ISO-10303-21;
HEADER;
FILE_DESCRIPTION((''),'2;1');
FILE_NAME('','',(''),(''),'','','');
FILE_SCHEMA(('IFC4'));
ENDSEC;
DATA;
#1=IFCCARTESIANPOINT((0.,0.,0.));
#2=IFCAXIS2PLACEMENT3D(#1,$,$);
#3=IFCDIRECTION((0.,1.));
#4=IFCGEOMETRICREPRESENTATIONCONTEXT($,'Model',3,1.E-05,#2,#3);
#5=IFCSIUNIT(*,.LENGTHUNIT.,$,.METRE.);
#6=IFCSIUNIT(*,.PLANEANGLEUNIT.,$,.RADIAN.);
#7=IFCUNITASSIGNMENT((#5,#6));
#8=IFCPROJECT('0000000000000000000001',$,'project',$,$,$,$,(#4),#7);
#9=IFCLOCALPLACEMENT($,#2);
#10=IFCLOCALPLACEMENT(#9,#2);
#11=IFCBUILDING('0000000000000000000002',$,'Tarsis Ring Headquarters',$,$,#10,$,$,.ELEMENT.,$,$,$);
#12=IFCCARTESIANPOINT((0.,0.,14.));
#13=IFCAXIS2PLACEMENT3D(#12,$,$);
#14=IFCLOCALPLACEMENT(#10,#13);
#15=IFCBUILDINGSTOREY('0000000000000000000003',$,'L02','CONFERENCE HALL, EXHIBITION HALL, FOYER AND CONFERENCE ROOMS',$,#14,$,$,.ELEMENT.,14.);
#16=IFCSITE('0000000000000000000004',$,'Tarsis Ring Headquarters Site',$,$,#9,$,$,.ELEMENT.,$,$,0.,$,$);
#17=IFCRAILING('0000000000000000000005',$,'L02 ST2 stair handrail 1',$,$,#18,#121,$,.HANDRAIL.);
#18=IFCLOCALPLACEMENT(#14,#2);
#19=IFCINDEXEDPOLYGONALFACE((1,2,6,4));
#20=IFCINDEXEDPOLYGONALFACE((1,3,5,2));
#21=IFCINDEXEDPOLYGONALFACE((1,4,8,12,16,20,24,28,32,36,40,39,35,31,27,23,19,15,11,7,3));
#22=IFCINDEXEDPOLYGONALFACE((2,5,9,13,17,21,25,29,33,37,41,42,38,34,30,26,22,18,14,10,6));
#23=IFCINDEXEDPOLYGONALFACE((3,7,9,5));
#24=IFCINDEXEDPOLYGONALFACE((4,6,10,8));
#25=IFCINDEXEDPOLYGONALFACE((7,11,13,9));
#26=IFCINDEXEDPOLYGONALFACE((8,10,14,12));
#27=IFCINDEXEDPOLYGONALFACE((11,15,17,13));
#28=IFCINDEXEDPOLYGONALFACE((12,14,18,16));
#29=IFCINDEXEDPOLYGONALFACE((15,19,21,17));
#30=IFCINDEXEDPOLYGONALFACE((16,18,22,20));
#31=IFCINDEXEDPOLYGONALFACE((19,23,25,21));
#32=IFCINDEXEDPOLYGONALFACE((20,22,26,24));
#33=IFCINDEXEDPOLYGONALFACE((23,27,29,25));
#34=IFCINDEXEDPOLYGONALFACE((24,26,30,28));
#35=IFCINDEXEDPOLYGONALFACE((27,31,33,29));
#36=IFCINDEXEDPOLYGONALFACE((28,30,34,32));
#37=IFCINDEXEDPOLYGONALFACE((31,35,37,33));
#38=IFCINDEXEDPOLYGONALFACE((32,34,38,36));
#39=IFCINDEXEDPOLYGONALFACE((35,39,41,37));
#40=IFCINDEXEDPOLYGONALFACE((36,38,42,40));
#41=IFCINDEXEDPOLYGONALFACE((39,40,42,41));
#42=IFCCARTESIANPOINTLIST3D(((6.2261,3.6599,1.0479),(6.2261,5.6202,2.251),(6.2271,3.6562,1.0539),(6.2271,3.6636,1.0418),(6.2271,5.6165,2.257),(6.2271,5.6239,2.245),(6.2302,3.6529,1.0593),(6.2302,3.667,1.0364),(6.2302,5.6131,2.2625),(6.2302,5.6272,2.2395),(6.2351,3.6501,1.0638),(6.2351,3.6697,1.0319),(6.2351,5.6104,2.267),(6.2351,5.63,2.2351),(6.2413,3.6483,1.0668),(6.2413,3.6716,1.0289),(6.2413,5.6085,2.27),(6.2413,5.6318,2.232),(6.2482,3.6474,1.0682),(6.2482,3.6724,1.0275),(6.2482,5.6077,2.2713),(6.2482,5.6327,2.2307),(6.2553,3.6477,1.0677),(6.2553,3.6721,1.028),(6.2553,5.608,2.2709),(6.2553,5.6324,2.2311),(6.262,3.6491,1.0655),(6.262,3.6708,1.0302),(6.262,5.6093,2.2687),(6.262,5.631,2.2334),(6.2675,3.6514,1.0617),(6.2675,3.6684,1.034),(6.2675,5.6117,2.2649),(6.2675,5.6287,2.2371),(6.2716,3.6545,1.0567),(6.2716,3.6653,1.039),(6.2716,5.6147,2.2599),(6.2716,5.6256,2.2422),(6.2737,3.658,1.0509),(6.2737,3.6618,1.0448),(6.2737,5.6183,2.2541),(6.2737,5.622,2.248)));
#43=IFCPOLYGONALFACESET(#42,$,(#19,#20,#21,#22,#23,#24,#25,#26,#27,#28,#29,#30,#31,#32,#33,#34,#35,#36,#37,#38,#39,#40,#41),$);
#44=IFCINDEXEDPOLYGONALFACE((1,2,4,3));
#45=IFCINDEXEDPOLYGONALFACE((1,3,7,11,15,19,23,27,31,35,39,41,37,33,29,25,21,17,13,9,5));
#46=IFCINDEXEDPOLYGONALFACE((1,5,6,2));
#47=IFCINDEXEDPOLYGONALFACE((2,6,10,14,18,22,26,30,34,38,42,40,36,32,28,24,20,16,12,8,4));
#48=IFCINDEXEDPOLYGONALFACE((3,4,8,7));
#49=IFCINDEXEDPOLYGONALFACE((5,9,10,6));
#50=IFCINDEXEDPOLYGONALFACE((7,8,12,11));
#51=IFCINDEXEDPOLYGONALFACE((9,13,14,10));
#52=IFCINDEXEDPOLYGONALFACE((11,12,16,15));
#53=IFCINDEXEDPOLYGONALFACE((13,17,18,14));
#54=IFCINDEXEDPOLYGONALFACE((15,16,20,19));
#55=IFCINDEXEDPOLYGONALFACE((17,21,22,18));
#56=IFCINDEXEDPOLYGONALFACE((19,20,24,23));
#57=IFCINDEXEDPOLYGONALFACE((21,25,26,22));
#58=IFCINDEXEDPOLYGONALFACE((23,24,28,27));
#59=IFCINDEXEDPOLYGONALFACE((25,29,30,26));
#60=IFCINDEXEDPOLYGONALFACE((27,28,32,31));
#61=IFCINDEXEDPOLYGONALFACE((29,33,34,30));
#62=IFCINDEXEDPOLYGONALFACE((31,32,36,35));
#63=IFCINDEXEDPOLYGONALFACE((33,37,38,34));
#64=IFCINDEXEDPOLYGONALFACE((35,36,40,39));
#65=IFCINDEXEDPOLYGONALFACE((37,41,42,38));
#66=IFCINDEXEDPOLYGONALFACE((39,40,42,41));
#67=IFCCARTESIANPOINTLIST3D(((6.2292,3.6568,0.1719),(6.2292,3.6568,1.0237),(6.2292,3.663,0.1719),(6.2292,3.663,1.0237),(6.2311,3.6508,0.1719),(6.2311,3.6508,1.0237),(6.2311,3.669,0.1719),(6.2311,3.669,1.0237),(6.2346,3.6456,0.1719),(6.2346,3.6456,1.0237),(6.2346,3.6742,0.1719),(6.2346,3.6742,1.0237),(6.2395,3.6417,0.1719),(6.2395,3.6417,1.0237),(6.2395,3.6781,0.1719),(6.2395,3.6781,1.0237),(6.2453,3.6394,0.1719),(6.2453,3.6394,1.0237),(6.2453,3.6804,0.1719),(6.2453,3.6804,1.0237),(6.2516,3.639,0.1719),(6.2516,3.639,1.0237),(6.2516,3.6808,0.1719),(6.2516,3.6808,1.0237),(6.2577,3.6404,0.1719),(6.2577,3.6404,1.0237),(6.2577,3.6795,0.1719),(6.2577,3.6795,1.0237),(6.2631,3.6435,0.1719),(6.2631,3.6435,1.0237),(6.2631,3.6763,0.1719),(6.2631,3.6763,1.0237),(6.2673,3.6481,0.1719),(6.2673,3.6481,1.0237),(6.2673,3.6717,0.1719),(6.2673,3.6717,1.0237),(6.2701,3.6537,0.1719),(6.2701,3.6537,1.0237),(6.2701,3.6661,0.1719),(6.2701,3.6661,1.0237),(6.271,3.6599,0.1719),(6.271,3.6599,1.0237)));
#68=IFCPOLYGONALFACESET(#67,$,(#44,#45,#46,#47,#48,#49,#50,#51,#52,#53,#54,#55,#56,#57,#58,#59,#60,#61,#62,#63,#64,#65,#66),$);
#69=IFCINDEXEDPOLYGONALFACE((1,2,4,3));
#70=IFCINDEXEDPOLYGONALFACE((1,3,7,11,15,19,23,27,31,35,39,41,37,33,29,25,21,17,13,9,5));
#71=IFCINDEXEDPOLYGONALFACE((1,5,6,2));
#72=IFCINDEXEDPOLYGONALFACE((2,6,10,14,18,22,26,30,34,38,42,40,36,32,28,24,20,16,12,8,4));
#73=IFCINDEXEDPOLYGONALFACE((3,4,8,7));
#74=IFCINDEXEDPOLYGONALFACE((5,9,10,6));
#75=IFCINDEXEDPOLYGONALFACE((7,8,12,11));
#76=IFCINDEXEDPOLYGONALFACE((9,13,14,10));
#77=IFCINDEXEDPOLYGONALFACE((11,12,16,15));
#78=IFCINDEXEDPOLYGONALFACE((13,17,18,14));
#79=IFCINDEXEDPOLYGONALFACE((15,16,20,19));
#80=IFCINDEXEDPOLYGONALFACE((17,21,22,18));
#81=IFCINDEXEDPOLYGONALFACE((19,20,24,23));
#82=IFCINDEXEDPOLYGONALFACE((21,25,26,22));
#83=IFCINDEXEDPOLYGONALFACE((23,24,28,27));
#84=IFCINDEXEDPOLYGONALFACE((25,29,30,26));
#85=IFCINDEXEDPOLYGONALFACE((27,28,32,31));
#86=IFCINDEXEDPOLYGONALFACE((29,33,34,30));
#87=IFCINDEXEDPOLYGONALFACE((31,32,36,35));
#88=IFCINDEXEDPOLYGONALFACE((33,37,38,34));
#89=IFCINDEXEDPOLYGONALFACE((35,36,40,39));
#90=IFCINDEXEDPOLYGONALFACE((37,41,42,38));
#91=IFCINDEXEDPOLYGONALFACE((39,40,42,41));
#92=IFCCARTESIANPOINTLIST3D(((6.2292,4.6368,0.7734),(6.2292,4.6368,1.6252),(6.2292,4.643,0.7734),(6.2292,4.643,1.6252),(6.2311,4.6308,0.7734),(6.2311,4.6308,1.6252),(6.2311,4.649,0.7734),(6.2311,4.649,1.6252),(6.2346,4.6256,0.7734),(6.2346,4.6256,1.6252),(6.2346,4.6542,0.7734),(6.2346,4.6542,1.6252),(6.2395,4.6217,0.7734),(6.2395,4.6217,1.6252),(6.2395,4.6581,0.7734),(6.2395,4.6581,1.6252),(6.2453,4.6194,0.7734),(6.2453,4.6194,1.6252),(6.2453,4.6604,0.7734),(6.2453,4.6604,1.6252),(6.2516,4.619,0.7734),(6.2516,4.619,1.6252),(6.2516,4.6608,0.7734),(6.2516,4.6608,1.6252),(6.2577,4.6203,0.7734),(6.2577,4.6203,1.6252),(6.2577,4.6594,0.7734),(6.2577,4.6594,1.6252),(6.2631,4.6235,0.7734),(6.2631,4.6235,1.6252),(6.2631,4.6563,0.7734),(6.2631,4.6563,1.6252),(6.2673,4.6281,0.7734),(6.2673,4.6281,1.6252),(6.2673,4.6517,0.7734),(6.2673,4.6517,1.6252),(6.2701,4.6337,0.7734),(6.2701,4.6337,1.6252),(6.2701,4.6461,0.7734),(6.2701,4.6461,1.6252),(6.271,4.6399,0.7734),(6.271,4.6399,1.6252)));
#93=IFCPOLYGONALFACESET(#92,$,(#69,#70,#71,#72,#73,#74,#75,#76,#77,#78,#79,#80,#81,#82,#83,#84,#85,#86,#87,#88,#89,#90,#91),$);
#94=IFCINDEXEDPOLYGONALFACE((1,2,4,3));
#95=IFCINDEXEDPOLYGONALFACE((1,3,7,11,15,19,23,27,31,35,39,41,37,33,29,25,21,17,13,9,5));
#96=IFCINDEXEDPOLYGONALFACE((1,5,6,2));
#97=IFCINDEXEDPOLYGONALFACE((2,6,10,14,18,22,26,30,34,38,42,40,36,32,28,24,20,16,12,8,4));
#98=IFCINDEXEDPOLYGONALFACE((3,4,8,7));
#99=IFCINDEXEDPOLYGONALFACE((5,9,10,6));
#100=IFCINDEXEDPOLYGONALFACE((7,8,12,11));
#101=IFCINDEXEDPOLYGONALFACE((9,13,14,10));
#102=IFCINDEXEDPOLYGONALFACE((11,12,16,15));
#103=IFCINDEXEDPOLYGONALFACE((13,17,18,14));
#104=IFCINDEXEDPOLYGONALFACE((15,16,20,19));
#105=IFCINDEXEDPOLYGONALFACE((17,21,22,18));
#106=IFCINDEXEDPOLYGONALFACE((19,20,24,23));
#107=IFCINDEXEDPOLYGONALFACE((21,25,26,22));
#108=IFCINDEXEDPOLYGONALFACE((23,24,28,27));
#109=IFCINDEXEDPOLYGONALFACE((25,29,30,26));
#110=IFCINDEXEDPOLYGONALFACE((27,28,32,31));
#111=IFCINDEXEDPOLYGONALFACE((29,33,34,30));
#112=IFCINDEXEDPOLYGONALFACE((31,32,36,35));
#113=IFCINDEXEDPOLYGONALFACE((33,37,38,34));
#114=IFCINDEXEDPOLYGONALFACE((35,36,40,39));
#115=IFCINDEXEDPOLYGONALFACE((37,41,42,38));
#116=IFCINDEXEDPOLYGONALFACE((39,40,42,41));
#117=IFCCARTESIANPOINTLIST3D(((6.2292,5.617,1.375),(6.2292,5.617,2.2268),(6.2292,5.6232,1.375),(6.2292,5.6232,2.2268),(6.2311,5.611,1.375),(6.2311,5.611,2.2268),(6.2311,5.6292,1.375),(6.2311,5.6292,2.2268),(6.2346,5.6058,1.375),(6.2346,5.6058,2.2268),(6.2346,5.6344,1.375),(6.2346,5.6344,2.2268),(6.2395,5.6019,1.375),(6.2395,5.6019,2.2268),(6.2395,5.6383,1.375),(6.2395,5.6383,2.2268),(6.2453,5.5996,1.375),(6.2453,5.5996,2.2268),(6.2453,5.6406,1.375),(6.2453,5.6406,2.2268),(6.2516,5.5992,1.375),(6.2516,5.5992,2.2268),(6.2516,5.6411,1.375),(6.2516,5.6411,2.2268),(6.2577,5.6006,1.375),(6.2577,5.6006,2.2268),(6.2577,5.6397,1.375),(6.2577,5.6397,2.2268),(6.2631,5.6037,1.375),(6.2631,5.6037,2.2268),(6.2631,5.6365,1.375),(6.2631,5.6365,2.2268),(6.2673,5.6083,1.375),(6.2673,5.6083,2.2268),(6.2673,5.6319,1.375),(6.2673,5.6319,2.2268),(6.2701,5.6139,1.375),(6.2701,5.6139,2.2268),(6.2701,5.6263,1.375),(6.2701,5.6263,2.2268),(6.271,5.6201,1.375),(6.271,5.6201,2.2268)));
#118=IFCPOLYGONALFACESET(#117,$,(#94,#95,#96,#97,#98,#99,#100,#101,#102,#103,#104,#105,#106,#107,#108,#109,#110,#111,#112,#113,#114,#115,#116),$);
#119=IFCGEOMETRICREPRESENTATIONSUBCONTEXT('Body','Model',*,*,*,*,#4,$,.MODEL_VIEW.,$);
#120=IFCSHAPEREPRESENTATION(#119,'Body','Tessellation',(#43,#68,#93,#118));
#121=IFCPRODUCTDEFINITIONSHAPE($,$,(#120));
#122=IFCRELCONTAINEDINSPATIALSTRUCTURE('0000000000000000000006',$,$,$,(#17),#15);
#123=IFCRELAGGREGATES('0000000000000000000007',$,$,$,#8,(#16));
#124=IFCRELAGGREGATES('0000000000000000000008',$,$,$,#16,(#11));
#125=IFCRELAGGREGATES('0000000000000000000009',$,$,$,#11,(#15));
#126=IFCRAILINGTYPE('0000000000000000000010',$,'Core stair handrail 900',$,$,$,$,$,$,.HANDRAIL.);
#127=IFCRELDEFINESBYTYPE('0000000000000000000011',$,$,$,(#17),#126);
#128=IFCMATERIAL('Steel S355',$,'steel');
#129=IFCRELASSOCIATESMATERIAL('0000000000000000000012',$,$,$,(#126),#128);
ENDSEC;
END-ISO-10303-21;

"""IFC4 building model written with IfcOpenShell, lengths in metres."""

from ifc_helpers import new_model, si_unit, direction, frame, origin, origin_2d, place, context, subcontext, project, spatial, circle, extrude, material, type_object, element, save


model = new_model("IFC4")

# Units and contexts
model_context = context("Model", 3, precision=1e-05, world=origin(), true_north=direction((0.0, 1.0)))
body_context = subcontext(model_context, "Body", "Model", "MODEL_VIEW")
ifc_project = project(units=[si_unit("LENGTHUNIT", "METRE"), si_unit("PLANEANGLEUNIT", "RADIAN")], contexts=[model_context])

# Site, building, storey
site_placement = place(None, origin())
site = spatial("IfcSite", under=ifc_project, at=site_placement, Name="Tarsis Ring Headquarters Site", CompositionType="ELEMENT", RefElevation=0.0)
building_placement = place(site_placement, origin())
building = spatial("IfcBuilding", under=site, at=building_placement, Name="Tarsis Ring Headquarters", CompositionType="ELEMENT")
storey_placement = place(building_placement, frame((0.0, 0.0, 14.0)))
storey = spatial("IfcBuildingStorey", under=building, at=storey_placement, Name="L02", Description="CONFERENCE HALL, EXHIBITION HALL, FOYER AND CONFERENCE ROOMS", CompositionType="ELEMENT", Elevation=14.0)

# Railing
ifc_material_1 = material(Name="Steel S355", Category="steel")
railing_type_1 = type_object("IfcRailingType", Name="Core stair handrail 900", PredefinedType="HANDRAIL", material=ifc_material_1)
railing_1_placement = place(storey_placement, frame((6.25, 3.6599, 0.1719)))
element("IfcRailing", 1, at=railing_1_placement, inside=storey, type_object=railing_type_1, Name="L02 ST2 stair handrail 1", PredefinedType="HANDRAIL", context=body_context, shape_type="SweptSolid", body=[
    extrude(circle(Radius=0.0239, at=origin_2d()), frame((0.0, 0.0, 0.876), z_axis=(0.0, 0.85227, 0.523102), x_axis=(-1.0, 0.0, 0.0)), (0.0, 0.0, 1.0), 2.3),
    extrude(circle(Radius=0.021, at=origin_2d()), origin(), (0.0, 0.0, 1.0), 0.8518),
    extrude(circle(Radius=0.021, at=origin_2d()), frame((0.0, 0.98, 0.6016)), (0.0, 0.0, 1.0), 0.8518),
    extrude(circle(Radius=0.021, at=origin_2d()), frame((0.0, 1.9602, 1.2031)), (0.0, 0.0, 1.0), 0.8518),
])

save(model, "model.ifc")
